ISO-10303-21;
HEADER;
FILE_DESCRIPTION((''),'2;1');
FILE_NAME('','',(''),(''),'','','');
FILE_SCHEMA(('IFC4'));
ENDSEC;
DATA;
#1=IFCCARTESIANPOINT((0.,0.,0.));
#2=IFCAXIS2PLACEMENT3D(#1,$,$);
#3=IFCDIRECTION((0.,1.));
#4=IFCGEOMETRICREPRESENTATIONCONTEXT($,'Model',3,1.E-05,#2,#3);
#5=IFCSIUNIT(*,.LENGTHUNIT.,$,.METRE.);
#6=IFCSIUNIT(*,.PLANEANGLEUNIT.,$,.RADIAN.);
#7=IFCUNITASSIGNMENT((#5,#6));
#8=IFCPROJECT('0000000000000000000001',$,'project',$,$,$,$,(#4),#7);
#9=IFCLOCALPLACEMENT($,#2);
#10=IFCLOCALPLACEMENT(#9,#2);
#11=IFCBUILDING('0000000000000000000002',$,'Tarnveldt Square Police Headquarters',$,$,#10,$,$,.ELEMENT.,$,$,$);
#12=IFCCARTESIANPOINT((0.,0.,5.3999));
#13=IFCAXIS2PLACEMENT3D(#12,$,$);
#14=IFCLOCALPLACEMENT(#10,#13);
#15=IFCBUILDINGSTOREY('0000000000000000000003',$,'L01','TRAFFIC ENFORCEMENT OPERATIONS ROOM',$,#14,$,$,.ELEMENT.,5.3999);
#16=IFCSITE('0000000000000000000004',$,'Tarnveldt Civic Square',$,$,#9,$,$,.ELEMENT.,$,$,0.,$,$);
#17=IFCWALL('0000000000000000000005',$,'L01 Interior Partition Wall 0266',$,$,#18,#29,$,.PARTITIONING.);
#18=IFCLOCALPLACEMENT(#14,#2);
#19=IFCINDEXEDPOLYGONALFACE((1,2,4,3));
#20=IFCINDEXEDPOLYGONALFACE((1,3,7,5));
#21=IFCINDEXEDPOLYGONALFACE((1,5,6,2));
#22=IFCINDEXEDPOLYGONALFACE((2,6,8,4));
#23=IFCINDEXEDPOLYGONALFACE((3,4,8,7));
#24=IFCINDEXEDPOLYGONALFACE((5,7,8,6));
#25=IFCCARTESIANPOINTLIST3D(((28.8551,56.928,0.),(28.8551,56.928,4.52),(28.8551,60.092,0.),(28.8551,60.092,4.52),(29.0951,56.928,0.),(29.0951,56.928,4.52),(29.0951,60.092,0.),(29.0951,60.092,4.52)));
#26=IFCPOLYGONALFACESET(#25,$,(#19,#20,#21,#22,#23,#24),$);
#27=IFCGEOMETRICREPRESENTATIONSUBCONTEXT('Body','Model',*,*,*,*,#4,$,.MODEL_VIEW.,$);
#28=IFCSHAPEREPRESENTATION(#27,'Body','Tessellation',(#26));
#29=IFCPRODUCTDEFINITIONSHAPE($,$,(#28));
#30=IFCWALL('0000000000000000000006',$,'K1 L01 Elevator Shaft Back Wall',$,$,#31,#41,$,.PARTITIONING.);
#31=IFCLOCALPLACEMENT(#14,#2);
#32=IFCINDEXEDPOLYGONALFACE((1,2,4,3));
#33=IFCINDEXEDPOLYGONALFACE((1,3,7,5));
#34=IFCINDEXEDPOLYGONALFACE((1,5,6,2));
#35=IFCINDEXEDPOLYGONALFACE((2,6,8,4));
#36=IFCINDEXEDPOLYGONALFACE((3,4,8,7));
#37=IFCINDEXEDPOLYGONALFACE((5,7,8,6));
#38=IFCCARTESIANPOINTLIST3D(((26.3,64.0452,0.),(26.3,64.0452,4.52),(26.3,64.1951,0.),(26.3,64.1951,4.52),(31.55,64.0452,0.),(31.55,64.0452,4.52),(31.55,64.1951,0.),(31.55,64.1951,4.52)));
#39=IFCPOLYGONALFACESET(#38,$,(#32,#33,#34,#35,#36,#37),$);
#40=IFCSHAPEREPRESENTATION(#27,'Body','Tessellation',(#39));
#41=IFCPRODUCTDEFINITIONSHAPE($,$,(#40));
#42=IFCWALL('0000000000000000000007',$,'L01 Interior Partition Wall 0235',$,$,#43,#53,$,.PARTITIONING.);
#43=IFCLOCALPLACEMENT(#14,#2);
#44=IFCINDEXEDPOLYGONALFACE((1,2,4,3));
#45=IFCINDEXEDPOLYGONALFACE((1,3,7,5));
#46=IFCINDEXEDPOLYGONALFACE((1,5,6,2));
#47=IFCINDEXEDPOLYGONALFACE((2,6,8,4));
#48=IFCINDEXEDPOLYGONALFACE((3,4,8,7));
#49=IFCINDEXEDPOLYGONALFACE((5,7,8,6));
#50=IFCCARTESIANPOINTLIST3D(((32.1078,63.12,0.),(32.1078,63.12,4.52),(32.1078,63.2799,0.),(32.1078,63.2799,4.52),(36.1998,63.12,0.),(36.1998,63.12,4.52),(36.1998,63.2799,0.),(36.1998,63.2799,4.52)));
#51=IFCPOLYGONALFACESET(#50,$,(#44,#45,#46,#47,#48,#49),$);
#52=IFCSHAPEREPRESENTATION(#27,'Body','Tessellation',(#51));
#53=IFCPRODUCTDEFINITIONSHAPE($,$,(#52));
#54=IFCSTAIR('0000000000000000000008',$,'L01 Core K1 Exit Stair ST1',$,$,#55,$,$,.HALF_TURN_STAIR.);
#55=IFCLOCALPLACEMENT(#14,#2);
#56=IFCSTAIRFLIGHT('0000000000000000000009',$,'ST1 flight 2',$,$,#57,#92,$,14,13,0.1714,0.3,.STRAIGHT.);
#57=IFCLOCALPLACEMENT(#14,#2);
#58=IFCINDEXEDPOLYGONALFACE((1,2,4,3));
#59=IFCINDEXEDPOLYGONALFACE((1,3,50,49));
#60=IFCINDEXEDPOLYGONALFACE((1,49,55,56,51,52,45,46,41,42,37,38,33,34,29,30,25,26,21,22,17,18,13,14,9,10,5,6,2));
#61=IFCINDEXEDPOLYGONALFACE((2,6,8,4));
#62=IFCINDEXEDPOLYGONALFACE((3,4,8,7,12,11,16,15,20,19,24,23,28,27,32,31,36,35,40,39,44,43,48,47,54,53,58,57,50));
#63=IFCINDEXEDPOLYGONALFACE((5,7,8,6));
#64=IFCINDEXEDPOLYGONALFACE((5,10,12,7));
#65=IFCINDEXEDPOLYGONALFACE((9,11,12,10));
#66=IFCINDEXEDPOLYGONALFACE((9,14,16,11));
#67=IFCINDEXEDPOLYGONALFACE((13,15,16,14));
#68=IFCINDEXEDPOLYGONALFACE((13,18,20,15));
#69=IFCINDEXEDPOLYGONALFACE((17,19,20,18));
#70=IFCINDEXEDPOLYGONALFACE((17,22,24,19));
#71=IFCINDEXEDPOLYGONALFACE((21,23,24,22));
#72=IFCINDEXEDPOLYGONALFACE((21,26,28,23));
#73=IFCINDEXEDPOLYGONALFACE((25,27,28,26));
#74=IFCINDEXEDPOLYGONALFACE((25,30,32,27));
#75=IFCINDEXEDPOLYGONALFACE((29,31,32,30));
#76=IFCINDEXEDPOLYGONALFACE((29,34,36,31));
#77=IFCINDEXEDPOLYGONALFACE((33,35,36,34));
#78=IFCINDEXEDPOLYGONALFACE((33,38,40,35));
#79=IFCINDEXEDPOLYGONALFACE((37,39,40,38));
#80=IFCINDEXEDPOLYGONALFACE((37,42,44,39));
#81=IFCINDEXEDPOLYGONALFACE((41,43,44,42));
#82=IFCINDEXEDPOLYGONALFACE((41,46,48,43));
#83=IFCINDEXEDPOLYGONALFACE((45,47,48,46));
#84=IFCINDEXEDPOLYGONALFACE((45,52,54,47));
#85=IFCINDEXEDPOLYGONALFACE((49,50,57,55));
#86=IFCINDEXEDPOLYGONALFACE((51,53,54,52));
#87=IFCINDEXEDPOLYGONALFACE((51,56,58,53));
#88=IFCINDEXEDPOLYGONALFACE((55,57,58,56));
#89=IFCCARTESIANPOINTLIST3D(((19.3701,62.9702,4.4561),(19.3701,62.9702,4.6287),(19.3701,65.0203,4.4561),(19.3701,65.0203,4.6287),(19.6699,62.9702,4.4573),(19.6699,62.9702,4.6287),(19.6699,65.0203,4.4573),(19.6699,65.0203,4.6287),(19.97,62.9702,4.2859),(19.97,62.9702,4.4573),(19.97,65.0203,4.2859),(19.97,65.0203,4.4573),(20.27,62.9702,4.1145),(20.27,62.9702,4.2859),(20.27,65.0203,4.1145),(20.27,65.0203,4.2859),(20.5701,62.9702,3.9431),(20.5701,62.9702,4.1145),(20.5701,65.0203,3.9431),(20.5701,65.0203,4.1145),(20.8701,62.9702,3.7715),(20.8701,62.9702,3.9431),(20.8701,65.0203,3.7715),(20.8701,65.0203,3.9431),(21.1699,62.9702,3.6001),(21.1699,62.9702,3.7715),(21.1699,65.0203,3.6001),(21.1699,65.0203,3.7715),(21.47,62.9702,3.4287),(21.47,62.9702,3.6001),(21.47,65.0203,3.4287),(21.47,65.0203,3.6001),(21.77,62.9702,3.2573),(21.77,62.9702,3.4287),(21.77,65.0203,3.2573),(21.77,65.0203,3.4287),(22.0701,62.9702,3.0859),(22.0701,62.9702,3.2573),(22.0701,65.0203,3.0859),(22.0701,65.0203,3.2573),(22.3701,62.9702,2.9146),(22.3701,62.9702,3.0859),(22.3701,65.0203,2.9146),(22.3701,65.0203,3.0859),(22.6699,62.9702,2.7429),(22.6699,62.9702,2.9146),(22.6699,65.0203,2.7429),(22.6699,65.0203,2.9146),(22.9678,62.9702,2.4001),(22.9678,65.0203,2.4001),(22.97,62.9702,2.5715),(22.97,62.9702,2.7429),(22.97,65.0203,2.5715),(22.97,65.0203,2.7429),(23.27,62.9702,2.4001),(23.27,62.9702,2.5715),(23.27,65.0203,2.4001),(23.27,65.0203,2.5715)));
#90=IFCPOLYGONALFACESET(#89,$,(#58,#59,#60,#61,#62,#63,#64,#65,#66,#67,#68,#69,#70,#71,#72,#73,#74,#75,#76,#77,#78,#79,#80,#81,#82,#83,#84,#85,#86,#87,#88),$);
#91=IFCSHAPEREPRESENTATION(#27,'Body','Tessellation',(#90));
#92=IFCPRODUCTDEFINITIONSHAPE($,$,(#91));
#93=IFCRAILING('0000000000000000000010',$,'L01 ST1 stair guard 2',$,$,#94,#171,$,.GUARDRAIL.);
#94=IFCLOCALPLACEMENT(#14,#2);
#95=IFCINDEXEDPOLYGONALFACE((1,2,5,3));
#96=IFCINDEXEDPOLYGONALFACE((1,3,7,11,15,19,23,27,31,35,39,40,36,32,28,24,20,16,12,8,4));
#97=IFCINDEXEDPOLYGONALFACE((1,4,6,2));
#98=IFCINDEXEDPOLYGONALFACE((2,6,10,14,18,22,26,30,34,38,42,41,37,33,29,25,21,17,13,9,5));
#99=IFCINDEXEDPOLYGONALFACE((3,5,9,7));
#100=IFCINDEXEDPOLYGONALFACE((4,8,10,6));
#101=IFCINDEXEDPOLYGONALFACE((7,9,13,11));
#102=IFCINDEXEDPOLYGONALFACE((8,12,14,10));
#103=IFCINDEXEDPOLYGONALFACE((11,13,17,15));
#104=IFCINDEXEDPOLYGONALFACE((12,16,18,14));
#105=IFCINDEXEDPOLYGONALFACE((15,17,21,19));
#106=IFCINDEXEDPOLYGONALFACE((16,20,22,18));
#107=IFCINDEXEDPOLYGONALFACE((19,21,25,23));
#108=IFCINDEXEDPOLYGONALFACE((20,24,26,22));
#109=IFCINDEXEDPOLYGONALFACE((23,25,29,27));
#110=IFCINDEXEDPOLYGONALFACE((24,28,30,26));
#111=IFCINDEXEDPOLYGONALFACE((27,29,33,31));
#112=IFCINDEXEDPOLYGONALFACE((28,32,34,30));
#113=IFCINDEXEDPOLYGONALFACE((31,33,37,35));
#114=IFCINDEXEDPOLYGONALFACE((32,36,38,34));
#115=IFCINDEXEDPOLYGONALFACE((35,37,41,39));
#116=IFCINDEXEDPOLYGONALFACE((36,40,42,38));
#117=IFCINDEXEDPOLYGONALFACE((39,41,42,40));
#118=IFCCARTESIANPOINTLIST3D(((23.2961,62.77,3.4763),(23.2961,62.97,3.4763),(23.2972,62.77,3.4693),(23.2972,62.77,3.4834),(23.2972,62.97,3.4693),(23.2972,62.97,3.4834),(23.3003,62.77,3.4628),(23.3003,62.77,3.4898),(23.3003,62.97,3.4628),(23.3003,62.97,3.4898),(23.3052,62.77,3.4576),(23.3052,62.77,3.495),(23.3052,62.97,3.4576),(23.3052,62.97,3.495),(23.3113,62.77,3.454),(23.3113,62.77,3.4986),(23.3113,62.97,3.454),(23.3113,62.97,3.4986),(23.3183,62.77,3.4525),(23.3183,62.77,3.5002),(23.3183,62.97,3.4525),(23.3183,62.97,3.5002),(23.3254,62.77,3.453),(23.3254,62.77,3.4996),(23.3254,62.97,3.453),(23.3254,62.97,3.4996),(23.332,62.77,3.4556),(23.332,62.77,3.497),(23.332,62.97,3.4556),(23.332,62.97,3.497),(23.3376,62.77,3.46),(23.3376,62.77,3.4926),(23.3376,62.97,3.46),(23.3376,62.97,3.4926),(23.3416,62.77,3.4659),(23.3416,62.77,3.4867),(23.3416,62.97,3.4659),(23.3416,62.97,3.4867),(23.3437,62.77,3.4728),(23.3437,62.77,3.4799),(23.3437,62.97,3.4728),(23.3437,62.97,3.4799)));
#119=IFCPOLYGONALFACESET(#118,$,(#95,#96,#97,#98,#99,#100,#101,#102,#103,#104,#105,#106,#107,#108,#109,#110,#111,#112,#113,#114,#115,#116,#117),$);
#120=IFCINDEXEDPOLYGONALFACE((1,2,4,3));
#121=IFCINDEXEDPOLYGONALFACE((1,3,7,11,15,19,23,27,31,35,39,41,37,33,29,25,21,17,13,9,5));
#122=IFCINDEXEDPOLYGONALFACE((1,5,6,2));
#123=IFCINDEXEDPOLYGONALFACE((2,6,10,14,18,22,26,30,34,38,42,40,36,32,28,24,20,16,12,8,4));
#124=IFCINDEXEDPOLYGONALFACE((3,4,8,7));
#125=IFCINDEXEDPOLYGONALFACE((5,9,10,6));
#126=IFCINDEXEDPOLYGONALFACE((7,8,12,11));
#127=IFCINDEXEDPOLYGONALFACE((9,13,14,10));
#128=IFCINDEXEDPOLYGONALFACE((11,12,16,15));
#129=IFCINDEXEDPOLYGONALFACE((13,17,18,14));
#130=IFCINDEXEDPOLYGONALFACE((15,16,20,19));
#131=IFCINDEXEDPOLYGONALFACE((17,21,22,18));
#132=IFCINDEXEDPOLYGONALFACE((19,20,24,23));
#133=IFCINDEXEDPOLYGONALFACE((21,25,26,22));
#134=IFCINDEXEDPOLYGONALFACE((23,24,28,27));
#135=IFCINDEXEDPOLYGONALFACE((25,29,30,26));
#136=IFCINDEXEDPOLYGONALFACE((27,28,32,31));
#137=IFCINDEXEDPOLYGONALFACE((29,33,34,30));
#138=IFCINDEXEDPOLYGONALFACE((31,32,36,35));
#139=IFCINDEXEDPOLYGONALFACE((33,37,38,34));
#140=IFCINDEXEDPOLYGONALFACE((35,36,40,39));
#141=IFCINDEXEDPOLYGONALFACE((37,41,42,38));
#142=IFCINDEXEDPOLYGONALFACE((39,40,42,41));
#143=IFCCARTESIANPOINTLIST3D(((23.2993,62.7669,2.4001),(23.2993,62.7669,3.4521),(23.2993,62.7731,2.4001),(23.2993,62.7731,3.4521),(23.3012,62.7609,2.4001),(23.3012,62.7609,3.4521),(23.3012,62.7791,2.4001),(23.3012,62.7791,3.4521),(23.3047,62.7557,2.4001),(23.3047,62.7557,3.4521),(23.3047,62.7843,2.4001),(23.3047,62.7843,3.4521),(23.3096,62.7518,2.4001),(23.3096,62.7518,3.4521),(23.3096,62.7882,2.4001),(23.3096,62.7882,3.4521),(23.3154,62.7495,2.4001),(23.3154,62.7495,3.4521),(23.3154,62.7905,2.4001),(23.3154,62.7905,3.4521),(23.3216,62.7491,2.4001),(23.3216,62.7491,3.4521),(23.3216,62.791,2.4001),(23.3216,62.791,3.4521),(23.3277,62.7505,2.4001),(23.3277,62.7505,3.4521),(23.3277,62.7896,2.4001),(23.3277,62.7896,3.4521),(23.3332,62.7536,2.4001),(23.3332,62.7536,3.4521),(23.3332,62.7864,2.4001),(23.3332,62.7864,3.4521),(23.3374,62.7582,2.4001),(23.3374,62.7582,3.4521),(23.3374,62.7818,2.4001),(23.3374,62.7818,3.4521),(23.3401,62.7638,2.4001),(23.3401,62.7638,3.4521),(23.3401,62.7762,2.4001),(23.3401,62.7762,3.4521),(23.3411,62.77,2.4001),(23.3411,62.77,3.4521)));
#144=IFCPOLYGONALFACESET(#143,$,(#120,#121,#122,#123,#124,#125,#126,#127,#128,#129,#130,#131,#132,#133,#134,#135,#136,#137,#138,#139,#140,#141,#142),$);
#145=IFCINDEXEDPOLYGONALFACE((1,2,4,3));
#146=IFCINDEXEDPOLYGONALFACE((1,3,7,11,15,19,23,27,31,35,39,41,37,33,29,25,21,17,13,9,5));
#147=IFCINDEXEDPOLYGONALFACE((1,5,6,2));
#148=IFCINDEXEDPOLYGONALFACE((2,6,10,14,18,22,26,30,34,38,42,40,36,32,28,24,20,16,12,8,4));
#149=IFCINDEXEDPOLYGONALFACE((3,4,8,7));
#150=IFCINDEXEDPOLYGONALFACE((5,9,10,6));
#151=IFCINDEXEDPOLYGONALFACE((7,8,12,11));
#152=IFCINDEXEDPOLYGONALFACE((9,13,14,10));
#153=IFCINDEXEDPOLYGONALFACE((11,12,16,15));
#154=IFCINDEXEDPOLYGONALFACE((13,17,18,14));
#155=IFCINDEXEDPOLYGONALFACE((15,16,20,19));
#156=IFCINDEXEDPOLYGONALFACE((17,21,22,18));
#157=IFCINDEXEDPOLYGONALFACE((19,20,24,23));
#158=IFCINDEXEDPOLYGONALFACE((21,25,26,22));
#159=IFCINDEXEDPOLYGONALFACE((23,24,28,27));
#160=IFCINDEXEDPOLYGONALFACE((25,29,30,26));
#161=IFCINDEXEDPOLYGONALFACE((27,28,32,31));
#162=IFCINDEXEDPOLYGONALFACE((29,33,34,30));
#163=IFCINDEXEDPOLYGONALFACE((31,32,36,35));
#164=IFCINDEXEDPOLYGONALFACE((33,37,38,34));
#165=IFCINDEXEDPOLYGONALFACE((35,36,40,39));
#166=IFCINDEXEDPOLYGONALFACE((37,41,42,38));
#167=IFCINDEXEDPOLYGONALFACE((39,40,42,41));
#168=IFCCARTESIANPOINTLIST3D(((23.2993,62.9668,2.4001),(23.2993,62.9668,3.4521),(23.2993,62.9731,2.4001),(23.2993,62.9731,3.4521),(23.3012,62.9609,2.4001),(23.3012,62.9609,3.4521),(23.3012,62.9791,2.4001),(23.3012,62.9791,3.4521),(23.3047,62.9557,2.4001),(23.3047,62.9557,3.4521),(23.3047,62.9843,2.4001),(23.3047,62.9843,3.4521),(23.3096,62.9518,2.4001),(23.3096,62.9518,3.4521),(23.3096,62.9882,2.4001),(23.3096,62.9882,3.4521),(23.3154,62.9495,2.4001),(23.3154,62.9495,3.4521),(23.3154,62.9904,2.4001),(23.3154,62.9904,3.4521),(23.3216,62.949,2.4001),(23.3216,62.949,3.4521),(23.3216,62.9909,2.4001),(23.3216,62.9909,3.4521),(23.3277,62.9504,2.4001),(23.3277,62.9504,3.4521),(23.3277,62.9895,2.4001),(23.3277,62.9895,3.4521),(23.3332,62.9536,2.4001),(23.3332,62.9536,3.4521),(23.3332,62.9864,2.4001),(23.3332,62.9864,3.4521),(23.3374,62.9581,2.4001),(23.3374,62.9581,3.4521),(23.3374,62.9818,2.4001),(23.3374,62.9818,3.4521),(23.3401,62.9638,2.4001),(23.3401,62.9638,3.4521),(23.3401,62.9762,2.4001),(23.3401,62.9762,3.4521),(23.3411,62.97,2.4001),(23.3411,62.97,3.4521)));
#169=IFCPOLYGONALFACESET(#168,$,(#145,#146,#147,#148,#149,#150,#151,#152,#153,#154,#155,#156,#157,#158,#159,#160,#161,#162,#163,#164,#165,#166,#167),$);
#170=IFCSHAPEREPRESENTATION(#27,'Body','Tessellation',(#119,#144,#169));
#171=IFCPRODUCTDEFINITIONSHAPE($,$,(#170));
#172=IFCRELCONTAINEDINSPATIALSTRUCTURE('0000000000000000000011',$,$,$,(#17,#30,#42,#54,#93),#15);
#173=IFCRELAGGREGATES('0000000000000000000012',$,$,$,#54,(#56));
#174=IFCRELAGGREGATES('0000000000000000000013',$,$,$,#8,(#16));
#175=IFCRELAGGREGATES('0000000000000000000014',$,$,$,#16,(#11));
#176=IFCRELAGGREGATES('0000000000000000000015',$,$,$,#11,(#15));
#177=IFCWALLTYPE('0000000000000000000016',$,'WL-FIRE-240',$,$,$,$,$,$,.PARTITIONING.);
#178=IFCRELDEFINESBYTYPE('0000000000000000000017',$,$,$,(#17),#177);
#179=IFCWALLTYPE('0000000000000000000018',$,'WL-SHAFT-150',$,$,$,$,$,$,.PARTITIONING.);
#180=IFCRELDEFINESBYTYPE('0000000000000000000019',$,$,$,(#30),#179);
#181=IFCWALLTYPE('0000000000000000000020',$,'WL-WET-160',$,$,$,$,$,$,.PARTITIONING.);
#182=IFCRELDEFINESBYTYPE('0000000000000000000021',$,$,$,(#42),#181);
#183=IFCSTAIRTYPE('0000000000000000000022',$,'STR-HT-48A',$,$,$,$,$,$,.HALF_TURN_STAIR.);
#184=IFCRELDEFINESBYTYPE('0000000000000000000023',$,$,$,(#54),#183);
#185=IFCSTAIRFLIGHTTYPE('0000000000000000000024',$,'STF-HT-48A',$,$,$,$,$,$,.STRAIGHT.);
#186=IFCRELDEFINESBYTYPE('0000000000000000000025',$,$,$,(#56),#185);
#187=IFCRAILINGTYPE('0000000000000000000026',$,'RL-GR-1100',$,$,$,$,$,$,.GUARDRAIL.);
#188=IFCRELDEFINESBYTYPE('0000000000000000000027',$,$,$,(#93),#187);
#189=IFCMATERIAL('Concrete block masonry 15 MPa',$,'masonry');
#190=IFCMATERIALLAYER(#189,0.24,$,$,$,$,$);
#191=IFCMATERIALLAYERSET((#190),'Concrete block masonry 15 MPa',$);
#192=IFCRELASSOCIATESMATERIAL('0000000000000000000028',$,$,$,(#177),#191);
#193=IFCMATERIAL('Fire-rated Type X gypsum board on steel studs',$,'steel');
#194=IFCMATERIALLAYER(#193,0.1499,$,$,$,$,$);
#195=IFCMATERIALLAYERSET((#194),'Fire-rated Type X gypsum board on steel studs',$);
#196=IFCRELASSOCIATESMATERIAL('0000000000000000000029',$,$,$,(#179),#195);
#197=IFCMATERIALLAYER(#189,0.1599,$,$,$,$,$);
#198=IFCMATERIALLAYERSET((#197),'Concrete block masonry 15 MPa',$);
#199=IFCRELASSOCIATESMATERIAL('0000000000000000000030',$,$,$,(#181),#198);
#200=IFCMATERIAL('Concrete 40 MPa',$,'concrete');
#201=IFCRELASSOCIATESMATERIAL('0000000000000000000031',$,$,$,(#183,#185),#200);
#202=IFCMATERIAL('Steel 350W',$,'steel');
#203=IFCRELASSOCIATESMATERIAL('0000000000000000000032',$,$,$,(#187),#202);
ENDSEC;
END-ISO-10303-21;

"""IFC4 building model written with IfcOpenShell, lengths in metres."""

from ifc_helpers import new_model, si_unit, direction, frame, frame_2d, origin, origin_2d, place, context, subcontext, project, spatial, polyline, rectangle, circle, outline, extrude, material, layer, layer_set, type_object, element, aggregate, save


model = new_model("IFC4")

# Units and contexts
model_context = context("Model", 3, precision=1e-05, world=origin(), true_north=direction((0.0, 1.0)))
body_context = subcontext(model_context, "Body", "Model", "MODEL_VIEW")
ifc_project = project(units=[si_unit("LENGTHUNIT", "METRE"), si_unit("PLANEANGLEUNIT", "RADIAN")], contexts=[model_context])

# Site, building, storey
site_placement = place(None, origin())
site = spatial("IfcSite", under=ifc_project, at=site_placement, Name="Tarnveldt Civic Square", CompositionType="ELEMENT", RefElevation=0.0)
building_placement = place(site_placement, origin())
building = spatial("IfcBuilding", under=site, at=building_placement, Name="Tarnveldt Square Police Headquarters", CompositionType="ELEMENT")
storey_placement = place(building_placement, frame((0.0, 0.0, 5.3999)))
storey = spatial("IfcBuildingStorey", under=building, at=storey_placement, Name="L01", Description="TRAFFIC ENFORCEMENT OPERATIONS ROOM", CompositionType="ELEMENT", Elevation=5.3999)

# Shared definitions
ifc_material_1 = material(Name="Concrete 40 MPa", Category="concrete")

# Shared definitions
ifc_material_2 = material(Name="Fire-rated Type X gypsum board on steel studs", Category="steel")

# Walls
ifc_material_3 = material(Name="Concrete block masonry 15 MPa", Category="masonry")
ifc_layer_1 = layer(ifc_material_3, 0.24)
ifc_layer_set_1 = layer_set([ifc_layer_1], Name="Concrete block masonry 15 MPa")
wall_type_1 = type_object("IfcWallType", Name="WL-FIRE-240", PredefinedType="PARTITIONING", material=ifc_layer_set_1)
wall_1_placement = place(storey_placement, frame((28.9751, 56.928, 0.0), z_axis=(0.0, 0.0, 1.0), x_axis=(0.0, 1.0, 0.0)))
element("IfcWall", 1, at=wall_1_placement, inside=storey, type_object=wall_type_1, Name="L01 Interior Partition Wall 0266", PredefinedType="PARTITIONING", context=body_context, shape_type="SweptSolid", body=[
    extrude(rectangle(XDim=3.1641, YDim=0.24, at=frame_2d((1.582, 0.0))), origin(), (0.0, 0.0, 1.0), 4.52),
])
ifc_layer_2 = layer(ifc_material_2, 0.1499)
ifc_layer_set_2 = layer_set([ifc_layer_2], Name="Fire-rated Type X gypsum board on steel studs")
wall_type_2 = type_object("IfcWallType", Name="WL-SHAFT-150", PredefinedType="PARTITIONING", material=ifc_layer_set_2)
wall_2_placement = place(storey_placement, frame((26.3, 64.1201, 0.0), z_axis=(0.0, 0.0, 1.0), x_axis=(1.0, 0.0, 0.0)))
element("IfcWall", 2, at=wall_2_placement, inside=storey, type_object=wall_type_2, Name="K1 L01 Elevator Shaft Back Wall", PredefinedType="PARTITIONING", context=body_context, shape_type="SweptSolid", body=[
    extrude(rectangle(XDim=5.25, YDim=0.1499, at=frame_2d((2.625, 0.0))), origin(), (0.0, 0.0, 1.0), 4.52),
])
ifc_layer_3 = layer(ifc_material_3, 0.1599)
ifc_layer_set_3 = layer_set([ifc_layer_3], Name="Concrete block masonry 15 MPa")
wall_type_3 = type_object("IfcWallType", Name="WL-WET-160", PredefinedType="PARTITIONING", material=ifc_layer_set_3)
wall_3_placement = place(storey_placement, frame((32.1079, 63.2, 0.0), z_axis=(0.0, 0.0, 1.0), x_axis=(1.0, 0.0, 0.0)))
element("IfcWall", 3, at=wall_3_placement, inside=storey, type_object=wall_type_3, Name="L01 Interior Partition Wall 0235", PredefinedType="PARTITIONING", context=body_context, shape_type="SweptSolid", body=[
    extrude(rectangle(XDim=4.092, YDim=0.1599, at=frame_2d((2.0459, 0.0))), origin(), (0.0, 0.0, 1.0), 4.52),
])

# Stair, stair flight
stair_type = type_object("IfcStairType", Name="STR-HT-48A", PredefinedType="HALF_TURN_STAIR", material=ifc_material_1)
stair_placement = place(storey_placement, origin())
stair = element("IfcStair", 4, at=stair_placement, inside=storey, type_object=stair_type, Name="L01 Core K1 Exit Stair ST1", PredefinedType="HALF_TURN_STAIR")
stair_flight_type = type_object("IfcStairFlightType", Name="STF-HT-48A", PredefinedType="STRAIGHT", material=ifc_material_1)
stair_flight_placement = place(storey_placement, frame((23.27, 63.9951, 2.4001), z_axis=(0.0, 0.0, 1.0), x_axis=(-1.0, 0.0, 0.0)))
stair_flight = element("IfcStairFlight", 5, at=stair_flight_placement, type_object=stair_flight_type, Name="ST1 flight 2", NumberOfRisers=14, NumberOfTreads=13, PredefinedType="STRAIGHT", RiserHeight=0.1714, TreadLength=0.3, context=body_context, shape_type="SweptSolid", body=[
    extrude(outline(polyline([(0.0, 0.0), (0.0, 0.1714), (0.3, 0.1714), (0.3, 0.3428), (0.6001, 0.3428), (0.6001, 0.5144), (0.8999, 0.5144), (0.8999, 0.6858), (1.2, 0.6858), (1.2, 0.8572), (1.5, 0.8572), (1.5, 1.0286), (1.8, 1.0286), (1.8, 1.2), (2.1001, 1.2), (2.1001, 1.3713), (2.3999, 1.3713), (2.3999, 1.543), (2.7, 1.543), (2.7, 1.7144), (3.0, 1.7144), (3.0, 1.8857), (3.3, 1.8857), (3.3, 2.0571), (3.6001, 2.0571), (3.6001, 2.2285), (3.8999, 2.2285), (3.8999, 2.3999), (3.8999, 2.0559), (0.3022, 0.0), (0.0, 0.0)])), frame((0.0, 1.0249, 0.0), z_axis=(0.0, -1.0, 0.0), x_axis=(1.0, 0.0, 0.0)), (0.0, 0.0, 1.0), 2.05),
])
aggregate(stair, [stair_flight])

# Railing
ifc_material_4 = material(Name="Steel 350W", Category="steel")
railing_type_1 = type_object("IfcRailingType", Name="RL-GR-1100", PredefinedType="GUARDRAIL", material=ifc_material_4)
railing_1_placement = place(storey_placement, frame((23.3201, 62.77, 2.4001)))
element("IfcRailing", 6, at=railing_1_placement, inside=storey, type_object=railing_type_1, Name="L01 ST1 stair guard 2", PredefinedType="GUARDRAIL", context=body_context, shape_type="SweptSolid", body=[
    extrude(circle(Radius=0.0239, at=origin_2d()), frame((0.0, 0.0, 1.0762), z_axis=(0.0, 1.0, 0.0), x_axis=(-1.0, 0.0, 0.0)), (0.0, 0.0, 1.0), 0.2),
    extrude(circle(Radius=0.021, at=origin_2d()), origin(), (0.0, 0.0, 1.0), 1.052),
    extrude(circle(Radius=0.021, at=origin_2d()), frame((0.0, 0.2, 0.0)), (0.0, 0.0, 1.0), 1.052),
])

save(model, "model.ifc")
